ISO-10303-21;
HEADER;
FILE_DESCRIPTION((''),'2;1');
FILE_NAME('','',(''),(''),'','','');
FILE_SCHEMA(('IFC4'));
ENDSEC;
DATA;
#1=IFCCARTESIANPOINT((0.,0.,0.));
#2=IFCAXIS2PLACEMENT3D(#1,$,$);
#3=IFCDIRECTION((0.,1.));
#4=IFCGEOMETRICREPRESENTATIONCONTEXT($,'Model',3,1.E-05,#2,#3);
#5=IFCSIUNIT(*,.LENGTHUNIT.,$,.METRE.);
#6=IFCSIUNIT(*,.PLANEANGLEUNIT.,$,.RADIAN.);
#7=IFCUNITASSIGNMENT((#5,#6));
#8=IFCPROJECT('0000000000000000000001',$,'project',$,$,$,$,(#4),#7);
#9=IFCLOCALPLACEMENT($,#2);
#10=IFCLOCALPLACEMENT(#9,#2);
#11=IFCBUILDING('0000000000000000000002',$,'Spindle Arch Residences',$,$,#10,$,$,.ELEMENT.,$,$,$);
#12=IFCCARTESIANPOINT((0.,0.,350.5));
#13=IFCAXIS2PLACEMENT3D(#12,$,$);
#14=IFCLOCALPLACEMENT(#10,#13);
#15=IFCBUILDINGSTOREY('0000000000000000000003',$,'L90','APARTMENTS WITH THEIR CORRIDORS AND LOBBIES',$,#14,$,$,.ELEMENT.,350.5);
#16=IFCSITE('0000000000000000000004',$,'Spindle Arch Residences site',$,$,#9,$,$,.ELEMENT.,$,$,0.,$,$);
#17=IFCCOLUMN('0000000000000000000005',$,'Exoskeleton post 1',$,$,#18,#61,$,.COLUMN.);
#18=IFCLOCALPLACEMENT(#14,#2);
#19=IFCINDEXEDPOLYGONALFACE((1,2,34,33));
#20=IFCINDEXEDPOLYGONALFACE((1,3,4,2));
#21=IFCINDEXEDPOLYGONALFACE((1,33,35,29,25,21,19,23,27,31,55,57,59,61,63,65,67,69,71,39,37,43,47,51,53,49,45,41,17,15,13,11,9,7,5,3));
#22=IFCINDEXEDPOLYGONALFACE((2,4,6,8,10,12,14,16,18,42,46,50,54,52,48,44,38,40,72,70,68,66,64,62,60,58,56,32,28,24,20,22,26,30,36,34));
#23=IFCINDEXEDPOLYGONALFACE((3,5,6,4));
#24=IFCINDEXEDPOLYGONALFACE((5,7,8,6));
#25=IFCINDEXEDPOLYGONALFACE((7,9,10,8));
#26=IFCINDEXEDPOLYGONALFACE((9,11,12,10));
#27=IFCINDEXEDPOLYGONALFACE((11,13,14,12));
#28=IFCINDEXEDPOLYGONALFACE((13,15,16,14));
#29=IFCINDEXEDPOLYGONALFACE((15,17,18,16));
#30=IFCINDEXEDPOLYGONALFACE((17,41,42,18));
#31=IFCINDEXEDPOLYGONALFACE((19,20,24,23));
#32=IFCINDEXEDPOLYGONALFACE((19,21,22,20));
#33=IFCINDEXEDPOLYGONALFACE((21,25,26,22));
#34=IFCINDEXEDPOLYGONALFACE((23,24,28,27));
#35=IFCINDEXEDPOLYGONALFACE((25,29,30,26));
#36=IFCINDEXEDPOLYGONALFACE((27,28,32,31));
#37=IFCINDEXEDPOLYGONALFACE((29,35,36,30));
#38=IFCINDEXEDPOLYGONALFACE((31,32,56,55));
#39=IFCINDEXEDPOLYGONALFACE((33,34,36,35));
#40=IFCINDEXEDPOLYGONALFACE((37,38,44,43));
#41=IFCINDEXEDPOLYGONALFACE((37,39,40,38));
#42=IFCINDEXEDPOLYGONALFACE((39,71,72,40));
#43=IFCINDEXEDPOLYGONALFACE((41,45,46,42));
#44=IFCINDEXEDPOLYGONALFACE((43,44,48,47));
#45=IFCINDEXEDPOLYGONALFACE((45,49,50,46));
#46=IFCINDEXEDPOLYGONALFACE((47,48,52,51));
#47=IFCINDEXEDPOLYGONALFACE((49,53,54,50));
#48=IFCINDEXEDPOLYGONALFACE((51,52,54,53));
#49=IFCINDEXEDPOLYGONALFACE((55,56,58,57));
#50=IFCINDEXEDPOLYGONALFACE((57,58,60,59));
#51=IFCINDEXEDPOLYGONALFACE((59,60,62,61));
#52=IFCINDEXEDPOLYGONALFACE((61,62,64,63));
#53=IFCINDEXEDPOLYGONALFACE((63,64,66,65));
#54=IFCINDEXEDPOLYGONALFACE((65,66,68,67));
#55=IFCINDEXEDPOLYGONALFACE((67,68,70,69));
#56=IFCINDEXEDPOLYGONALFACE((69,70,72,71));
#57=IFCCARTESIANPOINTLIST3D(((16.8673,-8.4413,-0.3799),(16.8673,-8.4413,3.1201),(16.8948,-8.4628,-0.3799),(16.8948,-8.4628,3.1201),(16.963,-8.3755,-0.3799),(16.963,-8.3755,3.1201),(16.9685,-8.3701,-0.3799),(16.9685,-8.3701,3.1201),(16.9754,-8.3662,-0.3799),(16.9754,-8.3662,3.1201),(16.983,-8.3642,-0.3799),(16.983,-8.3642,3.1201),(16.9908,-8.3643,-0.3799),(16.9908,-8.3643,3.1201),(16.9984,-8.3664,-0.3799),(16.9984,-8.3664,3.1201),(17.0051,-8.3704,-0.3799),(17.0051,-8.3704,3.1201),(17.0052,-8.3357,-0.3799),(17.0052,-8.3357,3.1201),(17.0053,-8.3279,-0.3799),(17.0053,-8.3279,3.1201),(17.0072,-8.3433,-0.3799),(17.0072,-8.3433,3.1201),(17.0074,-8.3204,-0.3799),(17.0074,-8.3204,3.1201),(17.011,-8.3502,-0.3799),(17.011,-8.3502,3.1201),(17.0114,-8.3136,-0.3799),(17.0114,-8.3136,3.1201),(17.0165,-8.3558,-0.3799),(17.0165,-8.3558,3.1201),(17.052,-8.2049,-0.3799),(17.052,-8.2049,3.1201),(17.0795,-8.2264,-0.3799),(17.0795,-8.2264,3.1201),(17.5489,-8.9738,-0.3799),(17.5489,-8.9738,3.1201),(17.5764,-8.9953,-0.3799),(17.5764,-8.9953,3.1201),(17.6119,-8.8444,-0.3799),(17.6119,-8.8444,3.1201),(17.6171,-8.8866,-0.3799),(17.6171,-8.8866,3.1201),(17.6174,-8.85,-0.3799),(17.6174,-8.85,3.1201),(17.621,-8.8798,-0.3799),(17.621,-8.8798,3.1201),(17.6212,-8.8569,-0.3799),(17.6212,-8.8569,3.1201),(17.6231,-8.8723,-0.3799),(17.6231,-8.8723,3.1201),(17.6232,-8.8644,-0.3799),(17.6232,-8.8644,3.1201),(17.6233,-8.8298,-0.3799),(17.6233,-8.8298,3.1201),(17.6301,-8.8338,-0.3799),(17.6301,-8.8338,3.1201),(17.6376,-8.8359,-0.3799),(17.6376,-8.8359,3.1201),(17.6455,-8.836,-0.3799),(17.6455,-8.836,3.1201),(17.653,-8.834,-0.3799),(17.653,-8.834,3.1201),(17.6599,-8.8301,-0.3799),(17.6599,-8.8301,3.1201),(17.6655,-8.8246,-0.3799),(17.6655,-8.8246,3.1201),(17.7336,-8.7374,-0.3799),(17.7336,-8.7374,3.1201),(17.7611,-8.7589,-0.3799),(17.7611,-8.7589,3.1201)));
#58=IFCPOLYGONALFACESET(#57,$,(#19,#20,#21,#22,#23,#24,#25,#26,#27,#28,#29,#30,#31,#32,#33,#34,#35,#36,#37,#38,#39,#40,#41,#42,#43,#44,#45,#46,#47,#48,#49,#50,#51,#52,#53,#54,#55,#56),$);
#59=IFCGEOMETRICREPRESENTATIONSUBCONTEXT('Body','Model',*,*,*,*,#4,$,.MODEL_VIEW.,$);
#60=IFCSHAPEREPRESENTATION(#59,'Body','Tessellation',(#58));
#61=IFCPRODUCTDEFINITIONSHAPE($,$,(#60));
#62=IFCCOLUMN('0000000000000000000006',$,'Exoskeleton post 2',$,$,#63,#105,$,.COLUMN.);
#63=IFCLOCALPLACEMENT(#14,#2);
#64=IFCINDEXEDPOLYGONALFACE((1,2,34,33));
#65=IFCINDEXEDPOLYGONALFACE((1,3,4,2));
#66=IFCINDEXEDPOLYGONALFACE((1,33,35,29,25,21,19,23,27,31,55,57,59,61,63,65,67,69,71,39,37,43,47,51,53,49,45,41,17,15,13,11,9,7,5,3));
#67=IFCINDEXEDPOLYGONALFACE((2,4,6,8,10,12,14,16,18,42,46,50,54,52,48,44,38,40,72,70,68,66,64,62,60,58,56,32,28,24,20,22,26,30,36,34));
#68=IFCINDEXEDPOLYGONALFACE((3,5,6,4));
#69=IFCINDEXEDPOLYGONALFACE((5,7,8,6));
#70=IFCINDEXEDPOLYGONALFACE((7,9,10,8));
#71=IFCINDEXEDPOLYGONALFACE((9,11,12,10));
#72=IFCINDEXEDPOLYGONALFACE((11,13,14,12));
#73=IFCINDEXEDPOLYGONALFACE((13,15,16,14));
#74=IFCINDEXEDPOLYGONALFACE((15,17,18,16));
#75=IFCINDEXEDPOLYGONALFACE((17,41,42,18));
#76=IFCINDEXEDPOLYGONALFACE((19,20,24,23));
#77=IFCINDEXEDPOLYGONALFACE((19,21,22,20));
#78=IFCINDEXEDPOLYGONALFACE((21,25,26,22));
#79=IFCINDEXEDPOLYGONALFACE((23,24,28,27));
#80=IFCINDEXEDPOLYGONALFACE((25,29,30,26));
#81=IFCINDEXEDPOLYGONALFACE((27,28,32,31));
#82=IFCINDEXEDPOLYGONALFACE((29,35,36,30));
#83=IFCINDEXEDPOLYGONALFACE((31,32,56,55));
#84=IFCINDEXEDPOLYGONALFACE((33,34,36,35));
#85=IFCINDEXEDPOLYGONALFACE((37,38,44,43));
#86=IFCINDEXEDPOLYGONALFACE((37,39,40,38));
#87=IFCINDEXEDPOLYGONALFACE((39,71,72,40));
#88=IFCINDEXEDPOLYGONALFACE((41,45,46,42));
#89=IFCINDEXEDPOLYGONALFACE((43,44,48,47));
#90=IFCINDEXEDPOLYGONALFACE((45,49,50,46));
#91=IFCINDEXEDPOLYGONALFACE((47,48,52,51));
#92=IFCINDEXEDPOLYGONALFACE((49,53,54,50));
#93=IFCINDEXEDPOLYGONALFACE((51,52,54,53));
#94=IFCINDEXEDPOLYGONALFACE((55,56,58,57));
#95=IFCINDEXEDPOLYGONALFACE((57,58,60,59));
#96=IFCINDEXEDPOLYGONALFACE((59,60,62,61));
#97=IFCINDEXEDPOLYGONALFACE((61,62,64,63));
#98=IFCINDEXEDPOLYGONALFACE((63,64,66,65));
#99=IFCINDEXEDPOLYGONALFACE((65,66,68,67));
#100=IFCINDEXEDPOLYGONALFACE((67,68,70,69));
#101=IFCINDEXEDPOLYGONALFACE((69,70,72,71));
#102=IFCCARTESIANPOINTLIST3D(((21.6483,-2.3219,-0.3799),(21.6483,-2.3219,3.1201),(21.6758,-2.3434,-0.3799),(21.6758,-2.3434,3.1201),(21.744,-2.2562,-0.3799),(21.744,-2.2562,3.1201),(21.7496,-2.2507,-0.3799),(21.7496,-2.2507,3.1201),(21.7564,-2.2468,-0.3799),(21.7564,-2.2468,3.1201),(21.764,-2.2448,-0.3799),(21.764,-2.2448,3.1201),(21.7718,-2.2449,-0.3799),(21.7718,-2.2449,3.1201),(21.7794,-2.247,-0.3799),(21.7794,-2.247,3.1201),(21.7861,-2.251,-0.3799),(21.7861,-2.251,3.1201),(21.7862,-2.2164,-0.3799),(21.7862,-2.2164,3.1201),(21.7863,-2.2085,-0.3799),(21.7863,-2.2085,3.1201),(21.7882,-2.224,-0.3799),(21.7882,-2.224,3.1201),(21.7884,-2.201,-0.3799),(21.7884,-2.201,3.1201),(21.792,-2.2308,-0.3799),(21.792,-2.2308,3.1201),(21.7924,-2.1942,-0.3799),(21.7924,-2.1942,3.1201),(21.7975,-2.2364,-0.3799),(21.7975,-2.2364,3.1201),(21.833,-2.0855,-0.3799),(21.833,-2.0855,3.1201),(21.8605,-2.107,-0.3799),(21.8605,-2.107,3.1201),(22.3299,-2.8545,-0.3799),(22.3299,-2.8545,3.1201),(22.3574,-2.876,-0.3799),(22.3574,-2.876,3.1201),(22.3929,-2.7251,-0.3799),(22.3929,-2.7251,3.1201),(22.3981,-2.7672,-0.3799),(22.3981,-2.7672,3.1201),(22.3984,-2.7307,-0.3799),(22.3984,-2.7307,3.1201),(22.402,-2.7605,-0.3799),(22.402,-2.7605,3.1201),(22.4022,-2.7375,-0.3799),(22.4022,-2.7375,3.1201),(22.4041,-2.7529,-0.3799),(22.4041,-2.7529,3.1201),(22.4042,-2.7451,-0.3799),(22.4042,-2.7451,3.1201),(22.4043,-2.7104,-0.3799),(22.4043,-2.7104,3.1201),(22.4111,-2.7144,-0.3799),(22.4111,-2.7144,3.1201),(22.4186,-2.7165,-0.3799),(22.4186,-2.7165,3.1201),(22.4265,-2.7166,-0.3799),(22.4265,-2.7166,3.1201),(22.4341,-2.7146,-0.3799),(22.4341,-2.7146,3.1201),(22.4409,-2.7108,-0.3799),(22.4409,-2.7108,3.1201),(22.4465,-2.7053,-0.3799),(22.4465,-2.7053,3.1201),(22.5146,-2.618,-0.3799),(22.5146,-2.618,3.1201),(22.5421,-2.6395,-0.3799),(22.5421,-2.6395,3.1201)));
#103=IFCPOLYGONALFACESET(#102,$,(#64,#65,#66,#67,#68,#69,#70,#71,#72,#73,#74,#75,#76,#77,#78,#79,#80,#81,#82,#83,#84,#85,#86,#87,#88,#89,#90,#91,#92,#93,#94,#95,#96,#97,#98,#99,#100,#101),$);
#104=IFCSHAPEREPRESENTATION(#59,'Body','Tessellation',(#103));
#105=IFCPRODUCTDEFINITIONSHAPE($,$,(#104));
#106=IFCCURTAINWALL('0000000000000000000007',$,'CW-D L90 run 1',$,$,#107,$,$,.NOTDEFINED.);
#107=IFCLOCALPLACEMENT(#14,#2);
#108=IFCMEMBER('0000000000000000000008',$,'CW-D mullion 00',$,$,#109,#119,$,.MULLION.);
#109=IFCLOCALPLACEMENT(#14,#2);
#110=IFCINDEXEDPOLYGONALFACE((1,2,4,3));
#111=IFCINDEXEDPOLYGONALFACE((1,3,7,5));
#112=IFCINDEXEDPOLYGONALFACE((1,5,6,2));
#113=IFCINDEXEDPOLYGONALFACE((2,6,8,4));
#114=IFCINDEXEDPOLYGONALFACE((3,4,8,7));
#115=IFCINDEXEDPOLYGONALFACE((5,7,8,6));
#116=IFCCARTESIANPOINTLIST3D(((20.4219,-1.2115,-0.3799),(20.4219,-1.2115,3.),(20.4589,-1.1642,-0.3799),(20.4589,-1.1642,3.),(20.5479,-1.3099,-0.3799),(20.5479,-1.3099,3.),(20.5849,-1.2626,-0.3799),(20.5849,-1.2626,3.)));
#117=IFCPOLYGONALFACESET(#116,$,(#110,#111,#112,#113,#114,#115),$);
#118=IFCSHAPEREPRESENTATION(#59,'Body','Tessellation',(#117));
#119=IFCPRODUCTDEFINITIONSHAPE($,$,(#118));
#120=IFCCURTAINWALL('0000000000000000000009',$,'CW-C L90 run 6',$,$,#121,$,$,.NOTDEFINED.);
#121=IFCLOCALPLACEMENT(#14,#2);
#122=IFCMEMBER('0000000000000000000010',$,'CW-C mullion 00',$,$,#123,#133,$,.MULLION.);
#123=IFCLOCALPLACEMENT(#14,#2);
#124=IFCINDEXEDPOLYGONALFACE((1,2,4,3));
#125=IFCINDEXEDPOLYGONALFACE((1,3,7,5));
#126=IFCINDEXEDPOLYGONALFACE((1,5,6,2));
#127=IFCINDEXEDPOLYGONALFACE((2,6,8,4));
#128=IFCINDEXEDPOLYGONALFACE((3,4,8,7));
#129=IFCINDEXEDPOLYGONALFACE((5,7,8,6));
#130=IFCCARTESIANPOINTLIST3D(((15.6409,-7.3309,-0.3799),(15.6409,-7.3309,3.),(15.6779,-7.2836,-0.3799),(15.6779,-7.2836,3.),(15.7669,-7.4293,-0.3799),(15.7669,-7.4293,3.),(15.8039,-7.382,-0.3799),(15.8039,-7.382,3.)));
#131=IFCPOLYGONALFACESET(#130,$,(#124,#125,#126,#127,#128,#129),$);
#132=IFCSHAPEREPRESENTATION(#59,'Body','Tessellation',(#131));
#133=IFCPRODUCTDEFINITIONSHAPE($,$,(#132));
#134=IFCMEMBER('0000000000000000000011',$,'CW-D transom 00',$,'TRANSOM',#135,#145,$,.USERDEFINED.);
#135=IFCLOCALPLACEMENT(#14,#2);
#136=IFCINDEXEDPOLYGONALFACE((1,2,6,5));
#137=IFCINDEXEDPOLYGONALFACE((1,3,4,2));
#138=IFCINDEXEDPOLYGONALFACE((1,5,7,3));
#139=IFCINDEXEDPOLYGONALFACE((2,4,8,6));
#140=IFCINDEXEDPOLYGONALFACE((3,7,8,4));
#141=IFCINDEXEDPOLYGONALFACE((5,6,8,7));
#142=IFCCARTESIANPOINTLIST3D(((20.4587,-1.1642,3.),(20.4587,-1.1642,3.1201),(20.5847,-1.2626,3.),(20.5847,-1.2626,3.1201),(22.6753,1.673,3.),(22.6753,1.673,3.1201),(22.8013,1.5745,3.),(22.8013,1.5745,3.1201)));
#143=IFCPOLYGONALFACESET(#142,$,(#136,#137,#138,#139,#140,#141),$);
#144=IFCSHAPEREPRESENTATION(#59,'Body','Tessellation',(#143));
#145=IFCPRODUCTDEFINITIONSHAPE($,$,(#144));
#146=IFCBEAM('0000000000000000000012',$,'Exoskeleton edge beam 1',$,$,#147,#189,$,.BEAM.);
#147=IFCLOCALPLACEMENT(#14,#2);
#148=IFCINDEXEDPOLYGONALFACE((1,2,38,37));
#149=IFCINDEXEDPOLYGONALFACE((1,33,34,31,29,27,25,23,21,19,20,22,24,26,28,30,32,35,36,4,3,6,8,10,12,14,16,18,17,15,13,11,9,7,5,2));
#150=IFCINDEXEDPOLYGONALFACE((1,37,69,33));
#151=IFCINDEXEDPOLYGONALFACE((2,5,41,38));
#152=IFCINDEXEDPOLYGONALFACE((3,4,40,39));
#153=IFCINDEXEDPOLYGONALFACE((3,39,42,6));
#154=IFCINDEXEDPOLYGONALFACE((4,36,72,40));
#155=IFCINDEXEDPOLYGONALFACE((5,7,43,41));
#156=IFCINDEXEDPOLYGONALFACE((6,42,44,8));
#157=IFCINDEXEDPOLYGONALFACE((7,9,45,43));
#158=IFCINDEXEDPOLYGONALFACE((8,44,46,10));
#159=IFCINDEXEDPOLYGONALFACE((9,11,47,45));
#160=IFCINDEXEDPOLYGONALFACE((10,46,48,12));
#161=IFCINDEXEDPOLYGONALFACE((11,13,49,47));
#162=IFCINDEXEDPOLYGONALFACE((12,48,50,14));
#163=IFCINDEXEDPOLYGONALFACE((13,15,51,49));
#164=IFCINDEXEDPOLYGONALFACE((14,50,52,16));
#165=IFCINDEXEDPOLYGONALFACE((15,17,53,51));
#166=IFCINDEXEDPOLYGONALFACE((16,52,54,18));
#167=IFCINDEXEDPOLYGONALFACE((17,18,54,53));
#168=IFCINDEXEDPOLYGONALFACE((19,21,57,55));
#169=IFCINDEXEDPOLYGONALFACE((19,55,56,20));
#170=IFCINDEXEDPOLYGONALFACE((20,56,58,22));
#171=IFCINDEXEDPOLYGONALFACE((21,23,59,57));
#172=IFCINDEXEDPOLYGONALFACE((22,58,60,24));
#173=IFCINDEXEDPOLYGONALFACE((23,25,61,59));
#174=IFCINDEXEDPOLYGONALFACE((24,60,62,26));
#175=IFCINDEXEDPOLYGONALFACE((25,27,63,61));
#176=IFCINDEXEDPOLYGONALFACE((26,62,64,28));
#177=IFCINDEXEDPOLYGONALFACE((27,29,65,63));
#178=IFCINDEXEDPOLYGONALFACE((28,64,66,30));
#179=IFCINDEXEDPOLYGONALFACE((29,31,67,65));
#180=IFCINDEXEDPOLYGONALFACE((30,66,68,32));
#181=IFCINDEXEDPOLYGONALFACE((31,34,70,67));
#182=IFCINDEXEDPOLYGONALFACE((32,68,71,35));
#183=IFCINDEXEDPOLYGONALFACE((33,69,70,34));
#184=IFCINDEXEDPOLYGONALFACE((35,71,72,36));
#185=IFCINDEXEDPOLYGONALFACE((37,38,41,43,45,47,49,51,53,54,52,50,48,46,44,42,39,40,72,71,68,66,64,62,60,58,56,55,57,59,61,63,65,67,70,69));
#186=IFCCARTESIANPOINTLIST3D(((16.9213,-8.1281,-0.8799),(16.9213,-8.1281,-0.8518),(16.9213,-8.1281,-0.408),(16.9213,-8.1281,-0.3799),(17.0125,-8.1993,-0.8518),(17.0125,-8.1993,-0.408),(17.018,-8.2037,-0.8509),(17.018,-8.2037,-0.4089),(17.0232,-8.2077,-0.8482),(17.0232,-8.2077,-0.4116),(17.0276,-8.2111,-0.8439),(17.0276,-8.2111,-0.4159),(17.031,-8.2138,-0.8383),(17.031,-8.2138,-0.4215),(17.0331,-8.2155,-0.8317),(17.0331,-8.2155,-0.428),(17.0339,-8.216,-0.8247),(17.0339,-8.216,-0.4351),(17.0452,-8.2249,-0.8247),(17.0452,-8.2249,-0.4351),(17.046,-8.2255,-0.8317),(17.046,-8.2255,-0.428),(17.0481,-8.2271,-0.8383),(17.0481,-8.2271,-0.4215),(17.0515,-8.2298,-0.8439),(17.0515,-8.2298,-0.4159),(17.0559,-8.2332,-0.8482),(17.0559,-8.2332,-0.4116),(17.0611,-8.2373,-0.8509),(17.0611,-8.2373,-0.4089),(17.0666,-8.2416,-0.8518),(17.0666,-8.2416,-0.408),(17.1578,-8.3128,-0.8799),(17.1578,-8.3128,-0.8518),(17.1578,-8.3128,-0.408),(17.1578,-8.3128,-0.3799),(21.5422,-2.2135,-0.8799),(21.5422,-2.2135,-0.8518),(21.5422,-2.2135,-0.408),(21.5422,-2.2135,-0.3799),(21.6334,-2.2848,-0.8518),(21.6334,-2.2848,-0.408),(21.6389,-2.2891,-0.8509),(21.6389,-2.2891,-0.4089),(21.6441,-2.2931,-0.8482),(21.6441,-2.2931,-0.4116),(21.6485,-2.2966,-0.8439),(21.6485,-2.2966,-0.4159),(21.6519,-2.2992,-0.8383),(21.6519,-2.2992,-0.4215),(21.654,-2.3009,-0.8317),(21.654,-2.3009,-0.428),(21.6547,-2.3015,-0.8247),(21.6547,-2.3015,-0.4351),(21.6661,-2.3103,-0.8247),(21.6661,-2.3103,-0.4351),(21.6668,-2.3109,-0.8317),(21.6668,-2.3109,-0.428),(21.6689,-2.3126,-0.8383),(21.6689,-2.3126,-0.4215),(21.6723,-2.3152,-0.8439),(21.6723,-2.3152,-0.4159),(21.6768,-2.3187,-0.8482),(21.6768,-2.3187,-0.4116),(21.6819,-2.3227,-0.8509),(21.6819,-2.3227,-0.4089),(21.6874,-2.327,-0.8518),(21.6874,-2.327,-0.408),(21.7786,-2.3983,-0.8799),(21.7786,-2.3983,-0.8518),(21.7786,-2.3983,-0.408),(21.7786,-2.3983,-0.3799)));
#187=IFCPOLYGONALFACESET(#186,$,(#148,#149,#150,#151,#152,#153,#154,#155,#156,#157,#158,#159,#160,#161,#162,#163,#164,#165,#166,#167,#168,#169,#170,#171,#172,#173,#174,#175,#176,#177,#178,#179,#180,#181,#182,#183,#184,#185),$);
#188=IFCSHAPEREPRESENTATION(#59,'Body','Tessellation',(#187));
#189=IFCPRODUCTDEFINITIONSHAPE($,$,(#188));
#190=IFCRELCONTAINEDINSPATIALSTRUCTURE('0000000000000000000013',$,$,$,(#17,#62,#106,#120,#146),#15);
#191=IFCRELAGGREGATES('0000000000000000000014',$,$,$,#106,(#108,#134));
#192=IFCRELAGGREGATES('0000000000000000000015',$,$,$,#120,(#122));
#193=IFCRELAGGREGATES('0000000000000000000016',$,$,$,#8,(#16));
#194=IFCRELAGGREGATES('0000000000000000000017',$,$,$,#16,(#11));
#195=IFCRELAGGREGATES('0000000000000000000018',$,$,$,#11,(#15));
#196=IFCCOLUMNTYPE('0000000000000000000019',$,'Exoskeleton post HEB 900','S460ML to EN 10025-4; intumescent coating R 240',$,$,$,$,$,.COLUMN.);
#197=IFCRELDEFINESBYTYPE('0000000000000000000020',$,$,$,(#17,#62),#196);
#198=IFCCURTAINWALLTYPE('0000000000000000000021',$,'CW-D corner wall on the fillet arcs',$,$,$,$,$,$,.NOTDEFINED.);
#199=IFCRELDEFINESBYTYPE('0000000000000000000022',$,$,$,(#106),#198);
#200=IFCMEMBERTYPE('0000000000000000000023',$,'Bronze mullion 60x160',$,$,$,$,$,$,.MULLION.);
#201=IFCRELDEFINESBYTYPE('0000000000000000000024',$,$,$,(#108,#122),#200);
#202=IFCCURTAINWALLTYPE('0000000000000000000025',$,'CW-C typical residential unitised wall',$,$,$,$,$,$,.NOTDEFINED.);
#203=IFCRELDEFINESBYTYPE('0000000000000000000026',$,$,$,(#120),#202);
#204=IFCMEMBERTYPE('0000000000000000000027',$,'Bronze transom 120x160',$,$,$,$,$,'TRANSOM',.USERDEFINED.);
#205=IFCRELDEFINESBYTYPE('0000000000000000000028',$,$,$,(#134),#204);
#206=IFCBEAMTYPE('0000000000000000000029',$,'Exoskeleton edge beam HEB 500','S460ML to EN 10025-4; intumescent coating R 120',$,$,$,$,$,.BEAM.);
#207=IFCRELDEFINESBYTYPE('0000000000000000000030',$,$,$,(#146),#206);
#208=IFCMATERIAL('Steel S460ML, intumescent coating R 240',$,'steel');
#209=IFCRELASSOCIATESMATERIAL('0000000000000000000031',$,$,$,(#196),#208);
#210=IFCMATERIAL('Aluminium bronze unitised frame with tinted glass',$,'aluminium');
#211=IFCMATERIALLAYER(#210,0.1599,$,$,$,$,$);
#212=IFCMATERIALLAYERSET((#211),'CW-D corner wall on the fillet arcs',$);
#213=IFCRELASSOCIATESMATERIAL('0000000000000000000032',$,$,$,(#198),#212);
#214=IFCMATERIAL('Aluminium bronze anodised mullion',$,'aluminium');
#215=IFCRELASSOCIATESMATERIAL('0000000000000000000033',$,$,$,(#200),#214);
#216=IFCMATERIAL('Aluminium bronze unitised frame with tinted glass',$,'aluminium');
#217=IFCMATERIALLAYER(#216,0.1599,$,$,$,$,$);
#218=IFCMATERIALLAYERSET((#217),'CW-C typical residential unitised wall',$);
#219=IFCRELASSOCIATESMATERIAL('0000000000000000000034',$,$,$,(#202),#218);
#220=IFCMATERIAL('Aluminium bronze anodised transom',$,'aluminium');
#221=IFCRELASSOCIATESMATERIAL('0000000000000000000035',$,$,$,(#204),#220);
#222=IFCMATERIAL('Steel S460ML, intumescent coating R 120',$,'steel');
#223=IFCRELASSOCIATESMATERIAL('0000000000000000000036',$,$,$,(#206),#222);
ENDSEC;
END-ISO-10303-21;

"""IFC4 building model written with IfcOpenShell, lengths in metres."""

from ifc_helpers import new_model, si_unit, direction, frame, origin, origin_2d, place, context, subcontext, project, spatial, rectangle, i_section, extrude, material, layer, layer_set, material_profile, profile_set, type_object, element, aggregate, save


model = new_model("IFC4")

# Units and contexts
model_context = context("Model", 3, precision=1e-05, world=origin(), true_north=direction((0.0, 1.0)))
body_context = subcontext(model_context, "Body", "Model", "MODEL_VIEW")
ifc_project = project(units=[si_unit("LENGTHUNIT", "METRE"), si_unit("PLANEANGLEUNIT", "RADIAN")], contexts=[model_context])

# Site, building, storey
site_placement = place(None, origin())
site = spatial("IfcSite", under=ifc_project, at=site_placement, Name="Spindle Arch Residences site", CompositionType="ELEMENT", RefElevation=0.0)
building_placement = place(site_placement, origin())
building = spatial("IfcBuilding", under=site, at=building_placement, Name="Spindle Arch Residences", CompositionType="ELEMENT")
storey_placement = place(building_placement, frame((0.0, 0.0, 350.5)))
storey = spatial("IfcBuildingStorey", under=building, at=storey_placement, Name="L90", Description="APARTMENTS WITH THEIR CORRIDORS AND LOBBIES", CompositionType="ELEMENT", Elevation=350.5)

# Columns
ifc_material_1 = material(Name="Steel S460ML, intumescent coating R 240", Category="steel")
ifc_material_profile_1 = material_profile(ifc_material_1, i_section(OverallWidth=0.3, OverallDepth=0.8999, WebThickness=0.0186, FlangeThickness=0.0349, FilletRadius=0.03, at=origin_2d()), Name="HEB 900")
ifc_profile_set_1 = profile_set([ifc_material_profile_1], Name="Steel S460ML, intumescent coating R 240")
column_type = type_object("IfcColumnType", Name="Exoskeleton post HEB 900", Description="S460ML to EN 10025-4; intumescent coating R 240", PredefinedType="COLUMN", material=ifc_profile_set_1)
for number, where, z_axis, x_axis, name in (
    (1, (17.3142, -8.6001, -0.3799), (0.0, 0.0, 1.0), (-0.615661, -0.788011, 0.0), "Exoskeleton post 1"),
    (2, (22.0952, -2.4807, -0.3799), (0.0, 0.0, 1.0), (-0.615661, -0.788011, 0.0), "Exoskeleton post 2"),
):
    element("IfcColumn", number, at=place(storey_placement, frame(where, z_axis=z_axis, x_axis=x_axis)), inside=storey, type_object=column_type, Name=name, PredefinedType="COLUMN", context=body_context, shape_type="SweptSolid", body=[
        extrude(i_section(OverallWidth=0.3, OverallDepth=0.8999, WebThickness=0.0186, FlangeThickness=0.0349, FilletRadius=0.03, at=origin_2d()), origin(), (0.0, 0.0, 1.0), 3.5),
    ])

# Curtain walls, members
ifc_material_2 = material(Name="Aluminium bronze unitised frame with tinted glass", Category="aluminium")
ifc_layer_1 = layer(ifc_material_2, 0.1599)
ifc_layer_set_1 = layer_set([ifc_layer_1], Name="CW-D corner wall on the fillet arcs")
curtain_wall_type_1 = type_object("IfcCurtainWallType", Name="CW-D corner wall on the fillet arcs", PredefinedType="NOTDEFINED", material=ifc_layer_set_1)
curtain_wall_1_placement = place(storey_placement, origin())
curtain_wall_1 = element("IfcCurtainWall", 3, at=curtain_wall_1_placement, inside=storey, type_object=curtain_wall_type_1, Name="CW-D L90 run 1", PredefinedType="NOTDEFINED")
ifc_material_3 = material(Name="Aluminium bronze anodised mullion", Category="aluminium")
ifc_material_profile_2 = material_profile(ifc_material_3, rectangle(XDim=0.1599, YDim=0.0601, at=origin_2d()), Name="MU 60x160")
ifc_profile_set_2 = profile_set([ifc_material_profile_2], Name="Aluminium bronze anodised mullion")
member_type_1 = type_object("IfcMemberType", Name="Bronze mullion 60x160", PredefinedType="MULLION", material=ifc_profile_set_2)
member_1_placement = place(storey_placement, frame((20.5034, -1.2371, -0.3799), z_axis=(0.0, 0.0, 1.0), x_axis=(-0.788011, 0.615661, 0.0)))
member_1 = element("IfcMember", 4, at=member_1_placement, type_object=member_type_1, Name="CW-D mullion 00", PredefinedType="MULLION", context=body_context, shape_type="SweptSolid", body=[
    extrude(rectangle(XDim=0.1599, YDim=0.0601, at=origin_2d()), origin(), (0.0, 0.0, 1.0), 3.3799),
])
ifc_material_4 = material(Name="Aluminium bronze unitised frame with tinted glass", Category="aluminium")
ifc_layer_2 = layer(ifc_material_4, 0.1599)
ifc_layer_set_2 = layer_set([ifc_layer_2], Name="CW-C typical residential unitised wall")
curtain_wall_type_2 = type_object("IfcCurtainWallType", Name="CW-C typical residential unitised wall", PredefinedType="NOTDEFINED", material=ifc_layer_set_2)
curtain_wall_2_placement = place(storey_placement, origin())
curtain_wall_2 = element("IfcCurtainWall", 5, at=curtain_wall_2_placement, inside=storey, type_object=curtain_wall_type_2, Name="CW-C L90 run 6", PredefinedType="NOTDEFINED")
member_2_placement = place(storey_placement, frame((15.7224, -7.3564, -0.3799), z_axis=(0.0, 0.0, 1.0), x_axis=(-0.788011, 0.615661, 0.0)))
member_2 = element("IfcMember", 6, at=member_2_placement, type_object=member_type_1, Name="CW-C mullion 00", PredefinedType="MULLION", context=body_context, shape_type="SweptSolid", body=[
    extrude(rectangle(XDim=0.1599, YDim=0.0601, at=origin_2d()), origin(), (0.0, 0.0, 1.0), 3.3799),
])

# Member
ifc_material_5 = material(Name="Aluminium bronze anodised transom", Category="aluminium")
ifc_material_profile_3 = material_profile(ifc_material_5, rectangle(XDim=0.1599, YDim=0.1201, at=origin_2d()), Name="TR 120x160")
ifc_profile_set_3 = profile_set([ifc_material_profile_3], Name="Aluminium bronze anodised transom")
member_type_2 = type_object("IfcMemberType", Name="Bronze transom 120x160", ElementType="TRANSOM", PredefinedType="USERDEFINED", material=ifc_profile_set_3)
member_3_placement = place(storey_placement, frame((20.5217, -1.2134, 3.0601), z_axis=(0.615648, 0.788021, 0.0), x_axis=(-0.788021, 0.615648, 0.0)))
member_3 = element("IfcMember", 7, at=member_3_placement, type_object=member_type_2, Name="CW-D transom 00", ObjectType="TRANSOM", PredefinedType="USERDEFINED", context=body_context, shape_type="SweptSolid", body=[
    extrude(rectangle(XDim=0.1599, YDim=0.1201, at=origin_2d()), origin(), (0.0, 0.0, 1.0), 3.6003),
])
aggregate(curtain_wall_1, [member_1, member_3])

# Beam
ifc_material_6 = material(Name="Steel S460ML, intumescent coating R 120", Category="steel")
ifc_material_profile_4 = material_profile(ifc_material_6, i_section(OverallWidth=0.3, OverallDepth=0.5, WebThickness=0.0144, FlangeThickness=0.0281, FilletRadius=0.0271, at=origin_2d()), Name="HEB 500")
ifc_profile_set_4 = profile_set([ifc_material_profile_4], Name="Steel S460ML, intumescent coating R 120")
beam_type_1 = type_object("IfcBeamType", Name="Exoskeleton edge beam HEB 500", Description="S460ML to EN 10025-4; intumescent coating R 120", PredefinedType="BEAM", material=ifc_profile_set_4)
beam_1_placement = place(storey_placement, frame((17.0396, -8.2205, -0.6299), z_axis=(0.615653, 0.788017, 0.0), x_axis=(-0.788017, 0.615653, 0.0)))
element("IfcBeam", 8, at=beam_1_placement, inside=storey, type_object=beam_type_1, Name="Exoskeleton edge beam 1", PredefinedType="BEAM", context=body_context, shape_type="SweptSolid", body=[
    extrude(i_section(OverallWidth=0.3, OverallDepth=0.5, WebThickness=0.0144, FlangeThickness=0.0281, FilletRadius=0.0271, at=origin_2d()), origin(), (0.0, 0.0, 1.0), 7.5056),
])

aggregate(curtain_wall_2, [member_2])

save(model, "model.ifc")
